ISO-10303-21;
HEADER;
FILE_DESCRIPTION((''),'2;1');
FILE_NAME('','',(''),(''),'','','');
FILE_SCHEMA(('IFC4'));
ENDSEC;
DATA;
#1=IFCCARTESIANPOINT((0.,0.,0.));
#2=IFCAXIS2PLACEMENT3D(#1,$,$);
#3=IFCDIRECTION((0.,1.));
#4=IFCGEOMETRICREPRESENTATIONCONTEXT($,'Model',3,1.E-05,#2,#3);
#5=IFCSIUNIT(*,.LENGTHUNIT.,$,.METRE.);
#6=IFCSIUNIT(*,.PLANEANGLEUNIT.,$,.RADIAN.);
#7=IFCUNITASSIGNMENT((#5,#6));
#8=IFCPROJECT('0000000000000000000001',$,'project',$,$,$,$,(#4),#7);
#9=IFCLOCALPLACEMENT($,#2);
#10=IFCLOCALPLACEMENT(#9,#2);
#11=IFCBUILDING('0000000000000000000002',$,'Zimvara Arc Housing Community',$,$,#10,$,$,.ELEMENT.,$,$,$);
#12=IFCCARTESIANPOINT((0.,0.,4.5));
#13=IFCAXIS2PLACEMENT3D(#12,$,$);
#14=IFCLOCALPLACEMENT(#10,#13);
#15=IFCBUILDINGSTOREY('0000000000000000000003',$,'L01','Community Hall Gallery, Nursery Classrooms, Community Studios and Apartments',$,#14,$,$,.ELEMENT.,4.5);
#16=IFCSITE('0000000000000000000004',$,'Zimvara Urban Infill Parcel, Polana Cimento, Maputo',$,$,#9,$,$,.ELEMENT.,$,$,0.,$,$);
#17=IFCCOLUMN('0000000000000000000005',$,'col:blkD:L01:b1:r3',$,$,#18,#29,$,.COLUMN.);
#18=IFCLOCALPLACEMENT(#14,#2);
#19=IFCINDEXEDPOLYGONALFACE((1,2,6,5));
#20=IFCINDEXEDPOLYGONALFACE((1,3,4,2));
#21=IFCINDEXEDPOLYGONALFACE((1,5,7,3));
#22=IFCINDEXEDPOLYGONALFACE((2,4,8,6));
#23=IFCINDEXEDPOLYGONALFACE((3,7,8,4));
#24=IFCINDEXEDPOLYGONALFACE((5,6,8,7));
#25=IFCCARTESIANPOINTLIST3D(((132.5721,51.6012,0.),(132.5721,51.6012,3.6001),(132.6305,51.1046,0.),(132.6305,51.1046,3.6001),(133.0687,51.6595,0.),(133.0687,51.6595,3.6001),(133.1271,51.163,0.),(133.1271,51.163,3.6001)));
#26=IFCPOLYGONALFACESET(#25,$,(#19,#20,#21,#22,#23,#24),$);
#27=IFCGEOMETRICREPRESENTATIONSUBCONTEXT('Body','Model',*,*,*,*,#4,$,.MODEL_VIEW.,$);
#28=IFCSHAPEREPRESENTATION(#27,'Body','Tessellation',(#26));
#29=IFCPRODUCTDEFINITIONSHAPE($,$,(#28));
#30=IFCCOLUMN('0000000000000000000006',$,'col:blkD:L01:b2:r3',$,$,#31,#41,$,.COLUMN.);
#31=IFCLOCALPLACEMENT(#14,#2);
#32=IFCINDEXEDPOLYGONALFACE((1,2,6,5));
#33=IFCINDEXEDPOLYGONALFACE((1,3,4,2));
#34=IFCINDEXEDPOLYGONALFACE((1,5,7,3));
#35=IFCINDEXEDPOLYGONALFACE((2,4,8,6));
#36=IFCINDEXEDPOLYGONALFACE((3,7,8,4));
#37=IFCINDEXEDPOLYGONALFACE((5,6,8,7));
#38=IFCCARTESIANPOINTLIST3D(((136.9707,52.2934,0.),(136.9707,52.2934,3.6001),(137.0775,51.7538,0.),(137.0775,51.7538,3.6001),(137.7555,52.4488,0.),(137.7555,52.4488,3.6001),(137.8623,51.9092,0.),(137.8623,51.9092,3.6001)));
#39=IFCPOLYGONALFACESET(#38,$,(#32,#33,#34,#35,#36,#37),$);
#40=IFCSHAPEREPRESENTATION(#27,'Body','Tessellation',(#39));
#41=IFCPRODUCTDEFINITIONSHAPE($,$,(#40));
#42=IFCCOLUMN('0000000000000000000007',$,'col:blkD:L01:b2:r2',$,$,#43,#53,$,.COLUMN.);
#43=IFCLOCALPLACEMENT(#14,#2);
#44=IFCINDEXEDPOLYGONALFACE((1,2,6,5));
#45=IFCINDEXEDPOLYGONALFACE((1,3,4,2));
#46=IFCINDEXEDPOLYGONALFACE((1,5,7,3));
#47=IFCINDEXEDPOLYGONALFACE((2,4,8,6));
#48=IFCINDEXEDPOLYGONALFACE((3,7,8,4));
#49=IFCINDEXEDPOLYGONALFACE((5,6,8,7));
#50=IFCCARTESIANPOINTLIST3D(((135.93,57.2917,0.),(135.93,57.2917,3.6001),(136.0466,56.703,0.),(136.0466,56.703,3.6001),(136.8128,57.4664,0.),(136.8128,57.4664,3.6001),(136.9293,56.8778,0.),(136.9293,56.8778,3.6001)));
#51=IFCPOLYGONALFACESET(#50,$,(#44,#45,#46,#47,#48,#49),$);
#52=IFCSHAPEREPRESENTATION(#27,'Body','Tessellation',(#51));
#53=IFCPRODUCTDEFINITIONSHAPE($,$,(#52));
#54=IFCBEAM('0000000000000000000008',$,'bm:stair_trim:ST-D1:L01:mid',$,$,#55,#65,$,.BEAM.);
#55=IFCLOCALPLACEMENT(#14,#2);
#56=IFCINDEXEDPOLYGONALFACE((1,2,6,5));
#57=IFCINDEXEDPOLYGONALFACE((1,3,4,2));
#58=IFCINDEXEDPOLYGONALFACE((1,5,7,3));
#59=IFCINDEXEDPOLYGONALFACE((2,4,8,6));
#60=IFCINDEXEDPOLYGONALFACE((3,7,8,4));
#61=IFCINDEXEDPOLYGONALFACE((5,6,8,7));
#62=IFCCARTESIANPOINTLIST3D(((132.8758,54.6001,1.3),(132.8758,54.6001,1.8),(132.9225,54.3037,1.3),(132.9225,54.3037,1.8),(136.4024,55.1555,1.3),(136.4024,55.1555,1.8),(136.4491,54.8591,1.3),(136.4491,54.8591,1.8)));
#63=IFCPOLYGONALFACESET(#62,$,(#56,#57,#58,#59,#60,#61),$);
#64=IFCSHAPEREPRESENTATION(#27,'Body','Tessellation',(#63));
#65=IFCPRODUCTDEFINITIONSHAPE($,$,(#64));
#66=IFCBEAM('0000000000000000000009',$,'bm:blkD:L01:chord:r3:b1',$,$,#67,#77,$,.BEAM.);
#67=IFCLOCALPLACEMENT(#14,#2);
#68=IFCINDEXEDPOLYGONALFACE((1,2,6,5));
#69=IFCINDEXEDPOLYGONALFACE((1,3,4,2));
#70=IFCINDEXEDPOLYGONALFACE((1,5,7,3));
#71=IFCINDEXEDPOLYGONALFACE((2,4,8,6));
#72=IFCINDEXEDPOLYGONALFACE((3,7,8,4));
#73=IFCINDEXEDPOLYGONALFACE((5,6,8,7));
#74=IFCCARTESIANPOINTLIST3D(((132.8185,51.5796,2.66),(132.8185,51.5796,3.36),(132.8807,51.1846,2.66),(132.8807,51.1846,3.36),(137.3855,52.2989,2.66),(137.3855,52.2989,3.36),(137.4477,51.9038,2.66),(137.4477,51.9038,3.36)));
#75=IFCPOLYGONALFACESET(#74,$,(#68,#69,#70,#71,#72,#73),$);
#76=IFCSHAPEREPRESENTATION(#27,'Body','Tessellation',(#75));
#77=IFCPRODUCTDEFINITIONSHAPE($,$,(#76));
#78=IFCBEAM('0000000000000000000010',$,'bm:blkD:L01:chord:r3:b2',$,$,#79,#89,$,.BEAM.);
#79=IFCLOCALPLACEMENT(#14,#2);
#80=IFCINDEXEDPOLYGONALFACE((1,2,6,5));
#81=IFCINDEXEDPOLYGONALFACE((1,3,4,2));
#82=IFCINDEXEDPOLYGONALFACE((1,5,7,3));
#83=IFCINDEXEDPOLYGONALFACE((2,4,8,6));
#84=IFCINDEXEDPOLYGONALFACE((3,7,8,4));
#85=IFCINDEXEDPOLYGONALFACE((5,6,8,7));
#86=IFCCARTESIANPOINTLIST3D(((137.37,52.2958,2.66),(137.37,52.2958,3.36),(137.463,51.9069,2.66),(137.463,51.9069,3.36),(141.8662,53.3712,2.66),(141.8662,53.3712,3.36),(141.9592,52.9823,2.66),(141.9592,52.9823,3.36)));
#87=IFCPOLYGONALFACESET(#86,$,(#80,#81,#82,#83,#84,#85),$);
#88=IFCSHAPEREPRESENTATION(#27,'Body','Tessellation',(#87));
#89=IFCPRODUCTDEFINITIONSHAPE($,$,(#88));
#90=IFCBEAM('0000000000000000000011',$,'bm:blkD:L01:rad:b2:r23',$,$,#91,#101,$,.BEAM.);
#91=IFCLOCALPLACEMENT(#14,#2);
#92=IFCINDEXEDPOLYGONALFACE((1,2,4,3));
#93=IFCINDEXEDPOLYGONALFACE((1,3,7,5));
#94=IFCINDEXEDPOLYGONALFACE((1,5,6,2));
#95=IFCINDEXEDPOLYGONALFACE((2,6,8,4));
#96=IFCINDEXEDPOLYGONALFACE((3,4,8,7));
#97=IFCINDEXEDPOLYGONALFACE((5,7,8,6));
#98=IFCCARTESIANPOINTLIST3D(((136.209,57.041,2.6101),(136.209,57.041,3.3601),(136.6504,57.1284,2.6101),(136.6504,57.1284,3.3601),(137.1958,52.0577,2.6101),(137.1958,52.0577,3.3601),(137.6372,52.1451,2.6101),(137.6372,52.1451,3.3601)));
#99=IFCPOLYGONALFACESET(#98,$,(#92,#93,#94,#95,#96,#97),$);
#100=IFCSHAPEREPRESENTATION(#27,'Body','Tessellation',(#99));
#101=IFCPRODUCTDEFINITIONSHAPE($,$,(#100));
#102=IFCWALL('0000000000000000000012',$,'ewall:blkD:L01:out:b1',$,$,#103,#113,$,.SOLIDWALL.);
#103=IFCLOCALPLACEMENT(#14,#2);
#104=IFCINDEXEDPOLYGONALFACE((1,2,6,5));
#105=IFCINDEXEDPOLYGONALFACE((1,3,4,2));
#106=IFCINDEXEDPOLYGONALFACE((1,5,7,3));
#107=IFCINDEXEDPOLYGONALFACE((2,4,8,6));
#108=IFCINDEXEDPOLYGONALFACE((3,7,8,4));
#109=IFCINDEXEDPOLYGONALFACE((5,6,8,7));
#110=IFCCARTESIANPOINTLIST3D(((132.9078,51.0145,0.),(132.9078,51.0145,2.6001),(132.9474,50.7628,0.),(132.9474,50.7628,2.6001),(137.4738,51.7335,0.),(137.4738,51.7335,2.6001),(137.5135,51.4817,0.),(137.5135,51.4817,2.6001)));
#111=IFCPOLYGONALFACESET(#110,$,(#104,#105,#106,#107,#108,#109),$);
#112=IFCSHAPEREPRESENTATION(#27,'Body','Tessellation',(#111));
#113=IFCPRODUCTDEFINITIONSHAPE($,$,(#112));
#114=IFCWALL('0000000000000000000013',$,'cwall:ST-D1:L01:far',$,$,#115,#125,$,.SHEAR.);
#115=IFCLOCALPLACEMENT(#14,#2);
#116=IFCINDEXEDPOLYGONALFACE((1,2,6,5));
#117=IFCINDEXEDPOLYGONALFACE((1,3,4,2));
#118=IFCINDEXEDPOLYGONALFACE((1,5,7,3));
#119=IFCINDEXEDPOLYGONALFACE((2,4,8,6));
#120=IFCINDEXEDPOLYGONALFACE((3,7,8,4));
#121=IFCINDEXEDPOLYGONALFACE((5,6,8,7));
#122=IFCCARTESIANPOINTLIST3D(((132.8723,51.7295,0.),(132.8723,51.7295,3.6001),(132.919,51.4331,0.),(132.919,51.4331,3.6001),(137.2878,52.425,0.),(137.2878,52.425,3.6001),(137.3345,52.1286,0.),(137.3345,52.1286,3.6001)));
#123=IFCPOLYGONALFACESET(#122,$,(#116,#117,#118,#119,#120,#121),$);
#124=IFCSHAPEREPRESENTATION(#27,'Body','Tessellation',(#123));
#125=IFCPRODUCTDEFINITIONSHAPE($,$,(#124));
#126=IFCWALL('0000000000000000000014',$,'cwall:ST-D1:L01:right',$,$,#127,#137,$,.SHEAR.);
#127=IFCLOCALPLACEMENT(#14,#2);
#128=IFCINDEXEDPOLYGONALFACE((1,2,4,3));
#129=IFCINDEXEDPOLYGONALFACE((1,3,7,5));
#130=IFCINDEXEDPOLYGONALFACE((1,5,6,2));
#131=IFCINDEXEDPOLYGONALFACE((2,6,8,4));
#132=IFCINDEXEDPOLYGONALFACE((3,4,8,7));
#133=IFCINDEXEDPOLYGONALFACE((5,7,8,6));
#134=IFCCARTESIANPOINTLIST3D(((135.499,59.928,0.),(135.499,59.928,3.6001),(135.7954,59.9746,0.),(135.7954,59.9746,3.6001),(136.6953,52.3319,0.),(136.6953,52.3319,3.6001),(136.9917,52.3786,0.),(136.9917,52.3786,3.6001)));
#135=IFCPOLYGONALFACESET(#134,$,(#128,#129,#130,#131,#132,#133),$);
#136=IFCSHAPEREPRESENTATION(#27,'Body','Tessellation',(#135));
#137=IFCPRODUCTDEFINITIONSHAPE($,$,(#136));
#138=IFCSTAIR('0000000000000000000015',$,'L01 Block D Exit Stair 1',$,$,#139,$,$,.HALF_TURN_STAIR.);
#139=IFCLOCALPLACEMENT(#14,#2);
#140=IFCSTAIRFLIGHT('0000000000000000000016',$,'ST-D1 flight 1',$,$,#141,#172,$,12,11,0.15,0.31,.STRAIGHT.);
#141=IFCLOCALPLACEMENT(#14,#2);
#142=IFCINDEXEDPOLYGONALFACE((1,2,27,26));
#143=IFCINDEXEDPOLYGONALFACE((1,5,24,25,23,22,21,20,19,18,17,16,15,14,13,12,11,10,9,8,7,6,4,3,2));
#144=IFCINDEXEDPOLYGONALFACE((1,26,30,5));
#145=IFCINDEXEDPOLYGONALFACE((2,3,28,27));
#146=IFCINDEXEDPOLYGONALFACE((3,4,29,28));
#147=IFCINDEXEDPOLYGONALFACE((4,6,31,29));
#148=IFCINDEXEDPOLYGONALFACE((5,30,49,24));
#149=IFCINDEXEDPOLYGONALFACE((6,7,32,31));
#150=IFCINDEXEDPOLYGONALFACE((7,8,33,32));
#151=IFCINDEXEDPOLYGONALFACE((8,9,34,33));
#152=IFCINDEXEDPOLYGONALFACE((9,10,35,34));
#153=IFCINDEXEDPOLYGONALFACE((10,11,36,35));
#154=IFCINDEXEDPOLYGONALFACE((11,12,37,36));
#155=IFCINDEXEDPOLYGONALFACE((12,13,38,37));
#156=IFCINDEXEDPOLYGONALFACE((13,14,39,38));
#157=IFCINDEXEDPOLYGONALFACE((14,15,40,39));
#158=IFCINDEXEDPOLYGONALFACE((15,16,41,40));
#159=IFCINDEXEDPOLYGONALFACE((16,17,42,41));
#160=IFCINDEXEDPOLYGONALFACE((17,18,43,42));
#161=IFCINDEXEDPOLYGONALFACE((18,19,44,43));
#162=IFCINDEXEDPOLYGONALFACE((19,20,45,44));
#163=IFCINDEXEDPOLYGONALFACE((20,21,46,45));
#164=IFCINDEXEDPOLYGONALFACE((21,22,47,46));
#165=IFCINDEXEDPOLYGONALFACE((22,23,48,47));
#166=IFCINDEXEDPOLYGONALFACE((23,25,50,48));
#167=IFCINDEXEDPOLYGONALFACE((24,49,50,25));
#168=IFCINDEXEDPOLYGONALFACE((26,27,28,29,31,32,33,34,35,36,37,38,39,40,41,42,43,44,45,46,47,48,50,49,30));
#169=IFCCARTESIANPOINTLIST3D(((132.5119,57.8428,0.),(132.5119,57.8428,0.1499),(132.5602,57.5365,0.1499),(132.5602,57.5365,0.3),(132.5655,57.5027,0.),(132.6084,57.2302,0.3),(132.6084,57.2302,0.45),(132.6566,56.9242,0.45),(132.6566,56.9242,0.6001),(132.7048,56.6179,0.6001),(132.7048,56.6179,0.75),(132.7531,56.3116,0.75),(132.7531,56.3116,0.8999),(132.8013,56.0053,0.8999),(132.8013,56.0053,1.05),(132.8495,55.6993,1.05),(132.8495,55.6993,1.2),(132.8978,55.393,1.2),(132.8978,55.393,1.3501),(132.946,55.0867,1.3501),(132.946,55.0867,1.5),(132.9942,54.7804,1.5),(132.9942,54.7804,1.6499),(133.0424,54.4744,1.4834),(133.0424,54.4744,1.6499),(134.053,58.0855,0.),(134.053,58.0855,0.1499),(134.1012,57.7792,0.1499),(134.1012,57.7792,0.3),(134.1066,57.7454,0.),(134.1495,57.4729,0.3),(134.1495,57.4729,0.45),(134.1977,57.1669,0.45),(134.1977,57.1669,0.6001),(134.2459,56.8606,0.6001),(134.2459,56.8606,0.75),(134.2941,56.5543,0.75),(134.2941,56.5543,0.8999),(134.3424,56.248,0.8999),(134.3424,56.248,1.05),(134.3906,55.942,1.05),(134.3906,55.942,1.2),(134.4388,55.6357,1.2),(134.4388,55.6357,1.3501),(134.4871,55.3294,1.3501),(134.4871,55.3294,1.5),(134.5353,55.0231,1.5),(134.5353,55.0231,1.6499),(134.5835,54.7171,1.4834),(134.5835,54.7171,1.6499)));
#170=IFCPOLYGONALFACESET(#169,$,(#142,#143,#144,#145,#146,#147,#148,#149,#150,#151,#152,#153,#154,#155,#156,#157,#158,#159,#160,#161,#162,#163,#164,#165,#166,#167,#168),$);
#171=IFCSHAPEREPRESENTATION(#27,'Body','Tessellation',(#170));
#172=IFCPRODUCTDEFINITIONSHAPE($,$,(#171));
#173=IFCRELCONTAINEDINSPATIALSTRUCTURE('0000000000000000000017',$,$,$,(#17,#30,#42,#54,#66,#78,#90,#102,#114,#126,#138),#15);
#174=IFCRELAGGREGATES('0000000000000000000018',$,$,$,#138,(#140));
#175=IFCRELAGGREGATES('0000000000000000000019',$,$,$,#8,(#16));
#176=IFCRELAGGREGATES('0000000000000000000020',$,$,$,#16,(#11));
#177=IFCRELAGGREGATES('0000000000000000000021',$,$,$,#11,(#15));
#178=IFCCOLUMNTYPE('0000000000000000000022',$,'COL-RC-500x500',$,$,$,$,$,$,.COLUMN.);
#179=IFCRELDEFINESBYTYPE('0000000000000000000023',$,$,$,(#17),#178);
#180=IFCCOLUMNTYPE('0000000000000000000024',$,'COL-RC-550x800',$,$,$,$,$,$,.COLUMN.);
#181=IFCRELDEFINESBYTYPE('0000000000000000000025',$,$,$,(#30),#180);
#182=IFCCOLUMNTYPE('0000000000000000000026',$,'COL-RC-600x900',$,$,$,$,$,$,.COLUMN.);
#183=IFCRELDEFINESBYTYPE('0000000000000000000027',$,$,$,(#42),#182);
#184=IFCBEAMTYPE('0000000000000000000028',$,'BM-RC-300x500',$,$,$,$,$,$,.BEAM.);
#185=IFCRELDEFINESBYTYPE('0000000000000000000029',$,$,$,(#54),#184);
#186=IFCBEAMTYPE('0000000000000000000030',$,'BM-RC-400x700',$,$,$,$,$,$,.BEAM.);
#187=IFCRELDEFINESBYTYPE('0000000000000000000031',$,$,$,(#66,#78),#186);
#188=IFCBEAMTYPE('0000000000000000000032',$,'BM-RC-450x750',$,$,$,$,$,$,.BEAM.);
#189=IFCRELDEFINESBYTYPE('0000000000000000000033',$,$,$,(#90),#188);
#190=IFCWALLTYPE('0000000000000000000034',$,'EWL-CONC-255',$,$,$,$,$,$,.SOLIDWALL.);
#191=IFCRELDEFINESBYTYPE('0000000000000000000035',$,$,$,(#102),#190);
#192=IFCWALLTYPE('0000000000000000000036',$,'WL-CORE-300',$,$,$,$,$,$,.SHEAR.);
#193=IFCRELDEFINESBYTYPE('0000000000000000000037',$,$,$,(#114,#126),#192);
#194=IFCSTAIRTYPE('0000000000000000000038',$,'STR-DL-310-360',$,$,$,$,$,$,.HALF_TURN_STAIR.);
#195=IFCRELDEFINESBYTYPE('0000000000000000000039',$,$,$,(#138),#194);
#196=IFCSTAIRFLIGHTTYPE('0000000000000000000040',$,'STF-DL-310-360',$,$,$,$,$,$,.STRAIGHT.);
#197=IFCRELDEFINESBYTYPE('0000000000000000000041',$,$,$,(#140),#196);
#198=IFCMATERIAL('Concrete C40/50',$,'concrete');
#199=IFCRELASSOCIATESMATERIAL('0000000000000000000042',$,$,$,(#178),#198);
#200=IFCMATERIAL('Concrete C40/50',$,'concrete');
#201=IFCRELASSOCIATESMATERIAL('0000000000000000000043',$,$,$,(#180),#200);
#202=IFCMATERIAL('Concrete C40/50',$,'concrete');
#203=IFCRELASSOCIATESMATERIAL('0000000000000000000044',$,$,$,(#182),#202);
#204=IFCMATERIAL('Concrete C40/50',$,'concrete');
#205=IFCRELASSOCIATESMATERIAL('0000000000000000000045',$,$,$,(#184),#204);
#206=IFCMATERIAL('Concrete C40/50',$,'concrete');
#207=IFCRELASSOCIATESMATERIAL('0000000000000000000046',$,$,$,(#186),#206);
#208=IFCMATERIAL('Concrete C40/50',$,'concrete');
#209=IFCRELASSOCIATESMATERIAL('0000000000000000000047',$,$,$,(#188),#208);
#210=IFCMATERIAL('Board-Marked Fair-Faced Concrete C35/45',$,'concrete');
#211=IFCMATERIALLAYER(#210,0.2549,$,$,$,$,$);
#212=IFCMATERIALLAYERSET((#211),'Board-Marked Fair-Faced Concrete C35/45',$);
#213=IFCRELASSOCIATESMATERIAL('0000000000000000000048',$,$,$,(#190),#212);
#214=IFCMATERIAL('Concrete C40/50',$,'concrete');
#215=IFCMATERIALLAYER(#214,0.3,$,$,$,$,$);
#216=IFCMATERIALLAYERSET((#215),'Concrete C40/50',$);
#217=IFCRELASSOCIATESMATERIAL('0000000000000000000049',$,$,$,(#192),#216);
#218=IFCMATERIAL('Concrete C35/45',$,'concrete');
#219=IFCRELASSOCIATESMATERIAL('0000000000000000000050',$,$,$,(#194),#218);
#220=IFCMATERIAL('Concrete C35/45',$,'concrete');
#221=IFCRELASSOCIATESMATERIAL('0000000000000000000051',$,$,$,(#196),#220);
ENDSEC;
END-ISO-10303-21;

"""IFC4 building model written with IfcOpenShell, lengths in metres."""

from ifc_helpers import new_model, si_unit, direction, frame, frame_2d, origin, origin_2d, place, context, subcontext, project, spatial, polyline, rectangle, outline, extrude, material, layer, layer_set, material_profile, profile_set, type_object, element, aggregate, save


model = new_model("IFC4")

# Units and contexts
model_context = context("Model", 3, precision=1e-05, world=origin(), true_north=direction((0.0, 1.0)))
body_context = subcontext(model_context, "Body", "Model", "MODEL_VIEW")
ifc_project = project(units=[si_unit("LENGTHUNIT", "METRE"), si_unit("PLANEANGLEUNIT", "RADIAN")], contexts=[model_context])

# Site, building, storey
site_placement = place(None, origin())
site = spatial("IfcSite", under=ifc_project, at=site_placement, Name="Zimvara Urban Infill Parcel, Polana Cimento, Maputo", CompositionType="ELEMENT", RefElevation=0.0)
building_placement = place(site_placement, origin())
building = spatial("IfcBuilding", under=site, at=building_placement, Name="Zimvara Arc Housing Community", CompositionType="ELEMENT")
storey_placement = place(building_placement, frame((0.0, 0.0, 4.5)))
storey = spatial("IfcBuildingStorey", under=building, at=storey_placement, Name="L01", Description="Community Hall Gallery, Nursery Classrooms, Community Studios and Apartments", CompositionType="ELEMENT", Elevation=4.5)

# Columns
ifc_material_1 = material(Name="Concrete C40/50", Category="concrete")
ifc_material_profile_1 = material_profile(ifc_material_1, rectangle(XDim=0.5, YDim=0.5, at=origin_2d()), Name="RC 500x500")
ifc_profile_set_1 = profile_set([ifc_material_profile_1], Name="Concrete C40/50")
column_type_1 = type_object("IfcColumnType", Name="COL-RC-500x500", PredefinedType="COLUMN", material=ifc_profile_set_1)
column_1_placement = place(storey_placement, frame((132.8496, 51.3821, 0.0), z_axis=(0.0, 0.0, 1.0), x_axis=(0.116671, -0.993171, 0.0)))
element("IfcColumn", 1, at=column_1_placement, inside=storey, type_object=column_type_1, Name="col:blkD:L01:b1:r3", PredefinedType="COLUMN", context=body_context, shape_type="SweptSolid", body=[
    extrude(rectangle(XDim=0.5, YDim=0.5, at=origin_2d()), origin(), (0.0, 0.0, 1.0), 3.6001),
])
ifc_material_2 = material(Name="Concrete C40/50", Category="concrete")
ifc_material_profile_2 = material_profile(ifc_material_2, rectangle(XDim=0.55, YDim=0.8, at=origin_2d()), Name="RC 550x800")
ifc_profile_set_2 = profile_set([ifc_material_profile_2], Name="Concrete C40/50")
column_type_2 = type_object("IfcColumnType", Name="COL-RC-550x800", PredefinedType="COLUMN", material=ifc_profile_set_2)
column_2_placement = place(storey_placement, frame((137.4165, 52.1013, 0.0), z_axis=(0.0, 0.0, 1.0), x_axis=(0.194234, -0.980955, 0.0)))
element("IfcColumn", 2, at=column_2_placement, inside=storey, type_object=column_type_2, Name="col:blkD:L01:b2:r3", PredefinedType="COLUMN", context=body_context, shape_type="SweptSolid", body=[
    extrude(rectangle(XDim=0.55, YDim=0.8, at=origin_2d()), origin(), (0.0, 0.0, 1.0), 3.6001),
])
ifc_material_3 = material(Name="Concrete C40/50", Category="concrete")
ifc_material_profile_3 = material_profile(ifc_material_3, rectangle(XDim=0.6001, YDim=0.8999, at=origin_2d()), Name="RC 600x900")
ifc_profile_set_3 = profile_set([ifc_material_profile_3], Name="Concrete C40/50")
column_type_3 = type_object("IfcColumnType", Name="COL-RC-600x900", PredefinedType="COLUMN", material=ifc_profile_set_3)
column_3_placement = place(storey_placement, frame((136.4297, 57.0847, 0.0), z_axis=(0.0, 0.0, 1.0), x_axis=(0.194234, -0.980955, 0.0)))
element("IfcColumn", 3, at=column_3_placement, inside=storey, type_object=column_type_3, Name="col:blkD:L01:b2:r2", PredefinedType="COLUMN", context=body_context, shape_type="SweptSolid", body=[
    extrude(rectangle(XDim=0.6001, YDim=0.8999, at=origin_2d()), origin(), (0.0, 0.0, 1.0), 3.6001),
])

# Beams
ifc_material_4 = material(Name="Concrete C40/50", Category="concrete")
ifc_material_profile_4 = material_profile(ifc_material_4, rectangle(XDim=0.3, YDim=0.5, at=origin_2d()), Name="RC 300x500")
ifc_profile_set_4 = profile_set([ifc_material_profile_4], Name="Concrete C40/50")
beam_type_1 = type_object("IfcBeamType", Name="BM-RC-300x500", PredefinedType="BEAM", material=ifc_profile_set_4)
beam_1_placement = place(storey_placement, frame((132.8992, 54.4519, 1.55), z_axis=(0.987824, 0.155576, 0.0), x_axis=(-0.155576, 0.987824, 0.0)))
element("IfcBeam", 4, at=beam_1_placement, inside=storey, type_object=beam_type_1, Name="bm:stair_trim:ST-D1:L01:mid", PredefinedType="BEAM", context=body_context, shape_type="SweptSolid", body=[
    extrude(rectangle(XDim=0.3, YDim=0.5, at=origin_2d()), origin(), (0.0, 0.0, 1.0), 3.5701),
])
ifc_material_5 = material(Name="Concrete C40/50", Category="concrete")
ifc_material_profile_5 = material_profile(ifc_material_5, rectangle(XDim=0.3999, YDim=0.7, at=origin_2d()), Name="RC 400x700")
ifc_profile_set_5 = profile_set([ifc_material_profile_5], Name="Concrete C40/50")
beam_type_2 = type_object("IfcBeamType", Name="BM-RC-400x700", PredefinedType="BEAM", material=ifc_profile_set_5)
beam_2_placement = place(storey_placement, frame((132.8496, 51.3821, 3.01), z_axis=(0.987825, 0.155572, 0.0), x_axis=(-0.155572, 0.987825, 0.0)))
element("IfcBeam", 5, at=beam_2_placement, inside=storey, type_object=beam_type_2, Name="bm:blkD:L01:chord:r3:b1", PredefinedType="BEAM", context=body_context, shape_type="SweptSolid", body=[
    extrude(rectangle(XDim=0.3999, YDim=0.7, at=origin_2d()), origin(), (0.0, 0.0, 1.0), 4.6233),
])
beam_3_placement = place(storey_placement, frame((137.4165, 52.1013, 3.01), z_axis=(0.972568, 0.23262, 0.0), x_axis=(-0.23262, 0.972568, 0.0)))
element("IfcBeam", 6, at=beam_3_placement, inside=storey, type_object=beam_type_2, Name="bm:blkD:L01:chord:r3:b2", PredefinedType="BEAM", context=body_context, shape_type="SweptSolid", body=[
    extrude(rectangle(XDim=0.3999, YDim=0.7, at=origin_2d()), origin(), (0.0, 0.0, 1.0), 4.623),
])
ifc_material_6 = material(Name="Concrete C40/50", Category="concrete")
ifc_material_profile_6 = material_profile(ifc_material_6, rectangle(XDim=0.45, YDim=0.75, at=origin_2d()), Name="RC 450x750")
ifc_profile_set_6 = profile_set([ifc_material_profile_6], Name="Concrete C40/50")
beam_type_3 = type_object("IfcBeamType", Name="BM-RC-450x750", PredefinedType="BEAM", material=ifc_profile_set_6)
beam_4_placement = place(storey_placement, frame((136.4297, 57.0847, 2.9851), z_axis=(0.194249, -0.980952, 0.0), x_axis=(0.980952, 0.194249, 0.0)))
element("IfcBeam", 7, at=beam_4_placement, inside=storey, type_object=beam_type_3, Name="bm:blkD:L01:rad:b2:r23", PredefinedType="BEAM", context=body_context, shape_type="SweptSolid", body=[
    extrude(rectangle(XDim=0.45, YDim=0.75, at=origin_2d()), origin(), (0.0, 0.0, 1.0), 5.0801),
])

# Wall
ifc_material_7 = material(Name="Board-Marked Fair-Faced Concrete C35/45", Category="concrete")
ifc_layer_1 = layer(ifc_material_7, 0.2549)
ifc_layer_set_1 = layer_set([ifc_layer_1], Name="Board-Marked Fair-Faced Concrete C35/45")
wall_type_1 = type_object("IfcWallType", Name="EWL-CONC-255", PredefinedType="SOLIDWALL", material=ifc_layer_set_1)
wall_1_placement = place(storey_placement, frame((132.9277, 50.8887, 0.0), z_axis=(0.0, 0.0, 1.0), x_axis=(0.987829, 0.155545, 0.0)))
element("IfcWall", 8, at=wall_1_placement, inside=storey, type_object=wall_type_1, Name="ewall:blkD:L01:out:b1", PredefinedType="SOLIDWALL", context=body_context, shape_type="SweptSolid", body=[
    extrude(rectangle(XDim=4.6223, YDim=0.2549, at=frame_2d((2.311, 0.0))), origin(), (0.0, 0.0, 1.0), 2.6001),
])

# Walls
ifc_material_8 = material(Name="Concrete C40/50", Category="concrete")
ifc_layer_2 = layer(ifc_material_8, 0.3)
ifc_layer_set_2 = layer_set([ifc_layer_2], Name="Concrete C40/50")
wall_type_2 = type_object("IfcWallType", Name="WL-CORE-300", PredefinedType="SHEAR", material=ifc_layer_set_2)
wall_2_placement = place(storey_placement, frame((132.8958, 51.5813, 0.0), z_axis=(0.0, 0.0, 1.0), x_axis=(0.987819, 0.155606, 0.0)))
element("IfcWall", 9, at=wall_2_placement, inside=storey, type_object=wall_type_2, Name="cwall:ST-D1:L01:far", PredefinedType="SHEAR", context=body_context, shape_type="SweptSolid", body=[
    extrude(rectangle(XDim=4.47, YDim=0.3, at=frame_2d((2.2349, 0.0))), origin(), (0.0, 0.0, 1.0), 3.6001),
])
wall_3_placement = place(storey_placement, frame((135.6472, 59.9512, 0.0), z_axis=(0.0, 0.0, 1.0), x_axis=(0.155568, -0.987825, 0.0)))
element("IfcWall", 10, at=wall_3_placement, inside=storey, type_object=wall_type_2, Name="cwall:ST-D1:L01:right", PredefinedType="SHEAR", context=body_context, shape_type="SweptSolid", body=[
    extrude(rectangle(XDim=7.6897, YDim=0.3, at=frame_2d((3.8447, 0.0))), origin(), (0.0, 0.0, 1.0), 3.6001),
])

# Stair, stair flight
ifc_material_9 = material(Name="Concrete C35/45", Category="concrete")
stair_type = type_object("IfcStairType", Name="STR-DL-310-360", PredefinedType="HALF_TURN_STAIR", material=ifc_material_9)
stair_placement = place(storey_placement, origin())
stair = element("IfcStair", 11, at=stair_placement, inside=storey, type_object=stair_type, Name="L01 Block D Exit Stair 1", PredefinedType="HALF_TURN_STAIR")
ifc_material_10 = material(Name="Concrete C35/45", Category="concrete")
stair_flight_type = type_object("IfcStairFlightType", Name="STF-DL-310-360", PredefinedType="STRAIGHT", material=ifc_material_10)
stair_flight_1_placement = place(storey_placement, frame((133.2825, 57.9641, 0.0), z_axis=(0.0, 0.0, 1.0), x_axis=(0.155572, -0.987824, 0.0)))
stair_flight_1 = element("IfcStairFlight", 12, at=stair_flight_1_placement, type_object=stair_flight_type, Name="ST-D1 flight 1", NumberOfRisers=12, NumberOfTreads=11, PredefinedType="STRAIGHT", RiserHeight=0.15, TreadLength=0.31, context=body_context, shape_type="SweptSolid", body=[
    extrude(outline(polyline([(0.0, 0.0), (0.0, 0.1499), (0.3101, 0.1499), (0.3101, 0.3), (0.6201, 0.3), (0.6201, 0.45), (0.9299, 0.45), (0.9299, 0.6001), (1.24, 0.6001), (1.24, 0.75), (1.55, 0.75), (1.55, 0.8999), (1.8601, 0.8999), (1.8601, 1.05), (2.1699, 1.05), (2.1699, 1.2), (2.48, 1.2), (2.48, 1.3501), (2.79, 1.3501), (2.79, 1.5), (3.1001, 1.5), (3.1001, 1.6499), (3.4099, 1.6499), (3.4099, 1.8), (3.4099, 1.4834), (0.3442, 0.0), (0.0, 0.0)])), frame((0.0, 0.78, 0.0), z_axis=(0.0, -1.0, 0.0), x_axis=(1.0, 0.0, 0.0)), (0.0, 0.0, 1.0), 1.5601),
])
aggregate(stair, [stair_flight_1])

save(model, "model.ifc")
